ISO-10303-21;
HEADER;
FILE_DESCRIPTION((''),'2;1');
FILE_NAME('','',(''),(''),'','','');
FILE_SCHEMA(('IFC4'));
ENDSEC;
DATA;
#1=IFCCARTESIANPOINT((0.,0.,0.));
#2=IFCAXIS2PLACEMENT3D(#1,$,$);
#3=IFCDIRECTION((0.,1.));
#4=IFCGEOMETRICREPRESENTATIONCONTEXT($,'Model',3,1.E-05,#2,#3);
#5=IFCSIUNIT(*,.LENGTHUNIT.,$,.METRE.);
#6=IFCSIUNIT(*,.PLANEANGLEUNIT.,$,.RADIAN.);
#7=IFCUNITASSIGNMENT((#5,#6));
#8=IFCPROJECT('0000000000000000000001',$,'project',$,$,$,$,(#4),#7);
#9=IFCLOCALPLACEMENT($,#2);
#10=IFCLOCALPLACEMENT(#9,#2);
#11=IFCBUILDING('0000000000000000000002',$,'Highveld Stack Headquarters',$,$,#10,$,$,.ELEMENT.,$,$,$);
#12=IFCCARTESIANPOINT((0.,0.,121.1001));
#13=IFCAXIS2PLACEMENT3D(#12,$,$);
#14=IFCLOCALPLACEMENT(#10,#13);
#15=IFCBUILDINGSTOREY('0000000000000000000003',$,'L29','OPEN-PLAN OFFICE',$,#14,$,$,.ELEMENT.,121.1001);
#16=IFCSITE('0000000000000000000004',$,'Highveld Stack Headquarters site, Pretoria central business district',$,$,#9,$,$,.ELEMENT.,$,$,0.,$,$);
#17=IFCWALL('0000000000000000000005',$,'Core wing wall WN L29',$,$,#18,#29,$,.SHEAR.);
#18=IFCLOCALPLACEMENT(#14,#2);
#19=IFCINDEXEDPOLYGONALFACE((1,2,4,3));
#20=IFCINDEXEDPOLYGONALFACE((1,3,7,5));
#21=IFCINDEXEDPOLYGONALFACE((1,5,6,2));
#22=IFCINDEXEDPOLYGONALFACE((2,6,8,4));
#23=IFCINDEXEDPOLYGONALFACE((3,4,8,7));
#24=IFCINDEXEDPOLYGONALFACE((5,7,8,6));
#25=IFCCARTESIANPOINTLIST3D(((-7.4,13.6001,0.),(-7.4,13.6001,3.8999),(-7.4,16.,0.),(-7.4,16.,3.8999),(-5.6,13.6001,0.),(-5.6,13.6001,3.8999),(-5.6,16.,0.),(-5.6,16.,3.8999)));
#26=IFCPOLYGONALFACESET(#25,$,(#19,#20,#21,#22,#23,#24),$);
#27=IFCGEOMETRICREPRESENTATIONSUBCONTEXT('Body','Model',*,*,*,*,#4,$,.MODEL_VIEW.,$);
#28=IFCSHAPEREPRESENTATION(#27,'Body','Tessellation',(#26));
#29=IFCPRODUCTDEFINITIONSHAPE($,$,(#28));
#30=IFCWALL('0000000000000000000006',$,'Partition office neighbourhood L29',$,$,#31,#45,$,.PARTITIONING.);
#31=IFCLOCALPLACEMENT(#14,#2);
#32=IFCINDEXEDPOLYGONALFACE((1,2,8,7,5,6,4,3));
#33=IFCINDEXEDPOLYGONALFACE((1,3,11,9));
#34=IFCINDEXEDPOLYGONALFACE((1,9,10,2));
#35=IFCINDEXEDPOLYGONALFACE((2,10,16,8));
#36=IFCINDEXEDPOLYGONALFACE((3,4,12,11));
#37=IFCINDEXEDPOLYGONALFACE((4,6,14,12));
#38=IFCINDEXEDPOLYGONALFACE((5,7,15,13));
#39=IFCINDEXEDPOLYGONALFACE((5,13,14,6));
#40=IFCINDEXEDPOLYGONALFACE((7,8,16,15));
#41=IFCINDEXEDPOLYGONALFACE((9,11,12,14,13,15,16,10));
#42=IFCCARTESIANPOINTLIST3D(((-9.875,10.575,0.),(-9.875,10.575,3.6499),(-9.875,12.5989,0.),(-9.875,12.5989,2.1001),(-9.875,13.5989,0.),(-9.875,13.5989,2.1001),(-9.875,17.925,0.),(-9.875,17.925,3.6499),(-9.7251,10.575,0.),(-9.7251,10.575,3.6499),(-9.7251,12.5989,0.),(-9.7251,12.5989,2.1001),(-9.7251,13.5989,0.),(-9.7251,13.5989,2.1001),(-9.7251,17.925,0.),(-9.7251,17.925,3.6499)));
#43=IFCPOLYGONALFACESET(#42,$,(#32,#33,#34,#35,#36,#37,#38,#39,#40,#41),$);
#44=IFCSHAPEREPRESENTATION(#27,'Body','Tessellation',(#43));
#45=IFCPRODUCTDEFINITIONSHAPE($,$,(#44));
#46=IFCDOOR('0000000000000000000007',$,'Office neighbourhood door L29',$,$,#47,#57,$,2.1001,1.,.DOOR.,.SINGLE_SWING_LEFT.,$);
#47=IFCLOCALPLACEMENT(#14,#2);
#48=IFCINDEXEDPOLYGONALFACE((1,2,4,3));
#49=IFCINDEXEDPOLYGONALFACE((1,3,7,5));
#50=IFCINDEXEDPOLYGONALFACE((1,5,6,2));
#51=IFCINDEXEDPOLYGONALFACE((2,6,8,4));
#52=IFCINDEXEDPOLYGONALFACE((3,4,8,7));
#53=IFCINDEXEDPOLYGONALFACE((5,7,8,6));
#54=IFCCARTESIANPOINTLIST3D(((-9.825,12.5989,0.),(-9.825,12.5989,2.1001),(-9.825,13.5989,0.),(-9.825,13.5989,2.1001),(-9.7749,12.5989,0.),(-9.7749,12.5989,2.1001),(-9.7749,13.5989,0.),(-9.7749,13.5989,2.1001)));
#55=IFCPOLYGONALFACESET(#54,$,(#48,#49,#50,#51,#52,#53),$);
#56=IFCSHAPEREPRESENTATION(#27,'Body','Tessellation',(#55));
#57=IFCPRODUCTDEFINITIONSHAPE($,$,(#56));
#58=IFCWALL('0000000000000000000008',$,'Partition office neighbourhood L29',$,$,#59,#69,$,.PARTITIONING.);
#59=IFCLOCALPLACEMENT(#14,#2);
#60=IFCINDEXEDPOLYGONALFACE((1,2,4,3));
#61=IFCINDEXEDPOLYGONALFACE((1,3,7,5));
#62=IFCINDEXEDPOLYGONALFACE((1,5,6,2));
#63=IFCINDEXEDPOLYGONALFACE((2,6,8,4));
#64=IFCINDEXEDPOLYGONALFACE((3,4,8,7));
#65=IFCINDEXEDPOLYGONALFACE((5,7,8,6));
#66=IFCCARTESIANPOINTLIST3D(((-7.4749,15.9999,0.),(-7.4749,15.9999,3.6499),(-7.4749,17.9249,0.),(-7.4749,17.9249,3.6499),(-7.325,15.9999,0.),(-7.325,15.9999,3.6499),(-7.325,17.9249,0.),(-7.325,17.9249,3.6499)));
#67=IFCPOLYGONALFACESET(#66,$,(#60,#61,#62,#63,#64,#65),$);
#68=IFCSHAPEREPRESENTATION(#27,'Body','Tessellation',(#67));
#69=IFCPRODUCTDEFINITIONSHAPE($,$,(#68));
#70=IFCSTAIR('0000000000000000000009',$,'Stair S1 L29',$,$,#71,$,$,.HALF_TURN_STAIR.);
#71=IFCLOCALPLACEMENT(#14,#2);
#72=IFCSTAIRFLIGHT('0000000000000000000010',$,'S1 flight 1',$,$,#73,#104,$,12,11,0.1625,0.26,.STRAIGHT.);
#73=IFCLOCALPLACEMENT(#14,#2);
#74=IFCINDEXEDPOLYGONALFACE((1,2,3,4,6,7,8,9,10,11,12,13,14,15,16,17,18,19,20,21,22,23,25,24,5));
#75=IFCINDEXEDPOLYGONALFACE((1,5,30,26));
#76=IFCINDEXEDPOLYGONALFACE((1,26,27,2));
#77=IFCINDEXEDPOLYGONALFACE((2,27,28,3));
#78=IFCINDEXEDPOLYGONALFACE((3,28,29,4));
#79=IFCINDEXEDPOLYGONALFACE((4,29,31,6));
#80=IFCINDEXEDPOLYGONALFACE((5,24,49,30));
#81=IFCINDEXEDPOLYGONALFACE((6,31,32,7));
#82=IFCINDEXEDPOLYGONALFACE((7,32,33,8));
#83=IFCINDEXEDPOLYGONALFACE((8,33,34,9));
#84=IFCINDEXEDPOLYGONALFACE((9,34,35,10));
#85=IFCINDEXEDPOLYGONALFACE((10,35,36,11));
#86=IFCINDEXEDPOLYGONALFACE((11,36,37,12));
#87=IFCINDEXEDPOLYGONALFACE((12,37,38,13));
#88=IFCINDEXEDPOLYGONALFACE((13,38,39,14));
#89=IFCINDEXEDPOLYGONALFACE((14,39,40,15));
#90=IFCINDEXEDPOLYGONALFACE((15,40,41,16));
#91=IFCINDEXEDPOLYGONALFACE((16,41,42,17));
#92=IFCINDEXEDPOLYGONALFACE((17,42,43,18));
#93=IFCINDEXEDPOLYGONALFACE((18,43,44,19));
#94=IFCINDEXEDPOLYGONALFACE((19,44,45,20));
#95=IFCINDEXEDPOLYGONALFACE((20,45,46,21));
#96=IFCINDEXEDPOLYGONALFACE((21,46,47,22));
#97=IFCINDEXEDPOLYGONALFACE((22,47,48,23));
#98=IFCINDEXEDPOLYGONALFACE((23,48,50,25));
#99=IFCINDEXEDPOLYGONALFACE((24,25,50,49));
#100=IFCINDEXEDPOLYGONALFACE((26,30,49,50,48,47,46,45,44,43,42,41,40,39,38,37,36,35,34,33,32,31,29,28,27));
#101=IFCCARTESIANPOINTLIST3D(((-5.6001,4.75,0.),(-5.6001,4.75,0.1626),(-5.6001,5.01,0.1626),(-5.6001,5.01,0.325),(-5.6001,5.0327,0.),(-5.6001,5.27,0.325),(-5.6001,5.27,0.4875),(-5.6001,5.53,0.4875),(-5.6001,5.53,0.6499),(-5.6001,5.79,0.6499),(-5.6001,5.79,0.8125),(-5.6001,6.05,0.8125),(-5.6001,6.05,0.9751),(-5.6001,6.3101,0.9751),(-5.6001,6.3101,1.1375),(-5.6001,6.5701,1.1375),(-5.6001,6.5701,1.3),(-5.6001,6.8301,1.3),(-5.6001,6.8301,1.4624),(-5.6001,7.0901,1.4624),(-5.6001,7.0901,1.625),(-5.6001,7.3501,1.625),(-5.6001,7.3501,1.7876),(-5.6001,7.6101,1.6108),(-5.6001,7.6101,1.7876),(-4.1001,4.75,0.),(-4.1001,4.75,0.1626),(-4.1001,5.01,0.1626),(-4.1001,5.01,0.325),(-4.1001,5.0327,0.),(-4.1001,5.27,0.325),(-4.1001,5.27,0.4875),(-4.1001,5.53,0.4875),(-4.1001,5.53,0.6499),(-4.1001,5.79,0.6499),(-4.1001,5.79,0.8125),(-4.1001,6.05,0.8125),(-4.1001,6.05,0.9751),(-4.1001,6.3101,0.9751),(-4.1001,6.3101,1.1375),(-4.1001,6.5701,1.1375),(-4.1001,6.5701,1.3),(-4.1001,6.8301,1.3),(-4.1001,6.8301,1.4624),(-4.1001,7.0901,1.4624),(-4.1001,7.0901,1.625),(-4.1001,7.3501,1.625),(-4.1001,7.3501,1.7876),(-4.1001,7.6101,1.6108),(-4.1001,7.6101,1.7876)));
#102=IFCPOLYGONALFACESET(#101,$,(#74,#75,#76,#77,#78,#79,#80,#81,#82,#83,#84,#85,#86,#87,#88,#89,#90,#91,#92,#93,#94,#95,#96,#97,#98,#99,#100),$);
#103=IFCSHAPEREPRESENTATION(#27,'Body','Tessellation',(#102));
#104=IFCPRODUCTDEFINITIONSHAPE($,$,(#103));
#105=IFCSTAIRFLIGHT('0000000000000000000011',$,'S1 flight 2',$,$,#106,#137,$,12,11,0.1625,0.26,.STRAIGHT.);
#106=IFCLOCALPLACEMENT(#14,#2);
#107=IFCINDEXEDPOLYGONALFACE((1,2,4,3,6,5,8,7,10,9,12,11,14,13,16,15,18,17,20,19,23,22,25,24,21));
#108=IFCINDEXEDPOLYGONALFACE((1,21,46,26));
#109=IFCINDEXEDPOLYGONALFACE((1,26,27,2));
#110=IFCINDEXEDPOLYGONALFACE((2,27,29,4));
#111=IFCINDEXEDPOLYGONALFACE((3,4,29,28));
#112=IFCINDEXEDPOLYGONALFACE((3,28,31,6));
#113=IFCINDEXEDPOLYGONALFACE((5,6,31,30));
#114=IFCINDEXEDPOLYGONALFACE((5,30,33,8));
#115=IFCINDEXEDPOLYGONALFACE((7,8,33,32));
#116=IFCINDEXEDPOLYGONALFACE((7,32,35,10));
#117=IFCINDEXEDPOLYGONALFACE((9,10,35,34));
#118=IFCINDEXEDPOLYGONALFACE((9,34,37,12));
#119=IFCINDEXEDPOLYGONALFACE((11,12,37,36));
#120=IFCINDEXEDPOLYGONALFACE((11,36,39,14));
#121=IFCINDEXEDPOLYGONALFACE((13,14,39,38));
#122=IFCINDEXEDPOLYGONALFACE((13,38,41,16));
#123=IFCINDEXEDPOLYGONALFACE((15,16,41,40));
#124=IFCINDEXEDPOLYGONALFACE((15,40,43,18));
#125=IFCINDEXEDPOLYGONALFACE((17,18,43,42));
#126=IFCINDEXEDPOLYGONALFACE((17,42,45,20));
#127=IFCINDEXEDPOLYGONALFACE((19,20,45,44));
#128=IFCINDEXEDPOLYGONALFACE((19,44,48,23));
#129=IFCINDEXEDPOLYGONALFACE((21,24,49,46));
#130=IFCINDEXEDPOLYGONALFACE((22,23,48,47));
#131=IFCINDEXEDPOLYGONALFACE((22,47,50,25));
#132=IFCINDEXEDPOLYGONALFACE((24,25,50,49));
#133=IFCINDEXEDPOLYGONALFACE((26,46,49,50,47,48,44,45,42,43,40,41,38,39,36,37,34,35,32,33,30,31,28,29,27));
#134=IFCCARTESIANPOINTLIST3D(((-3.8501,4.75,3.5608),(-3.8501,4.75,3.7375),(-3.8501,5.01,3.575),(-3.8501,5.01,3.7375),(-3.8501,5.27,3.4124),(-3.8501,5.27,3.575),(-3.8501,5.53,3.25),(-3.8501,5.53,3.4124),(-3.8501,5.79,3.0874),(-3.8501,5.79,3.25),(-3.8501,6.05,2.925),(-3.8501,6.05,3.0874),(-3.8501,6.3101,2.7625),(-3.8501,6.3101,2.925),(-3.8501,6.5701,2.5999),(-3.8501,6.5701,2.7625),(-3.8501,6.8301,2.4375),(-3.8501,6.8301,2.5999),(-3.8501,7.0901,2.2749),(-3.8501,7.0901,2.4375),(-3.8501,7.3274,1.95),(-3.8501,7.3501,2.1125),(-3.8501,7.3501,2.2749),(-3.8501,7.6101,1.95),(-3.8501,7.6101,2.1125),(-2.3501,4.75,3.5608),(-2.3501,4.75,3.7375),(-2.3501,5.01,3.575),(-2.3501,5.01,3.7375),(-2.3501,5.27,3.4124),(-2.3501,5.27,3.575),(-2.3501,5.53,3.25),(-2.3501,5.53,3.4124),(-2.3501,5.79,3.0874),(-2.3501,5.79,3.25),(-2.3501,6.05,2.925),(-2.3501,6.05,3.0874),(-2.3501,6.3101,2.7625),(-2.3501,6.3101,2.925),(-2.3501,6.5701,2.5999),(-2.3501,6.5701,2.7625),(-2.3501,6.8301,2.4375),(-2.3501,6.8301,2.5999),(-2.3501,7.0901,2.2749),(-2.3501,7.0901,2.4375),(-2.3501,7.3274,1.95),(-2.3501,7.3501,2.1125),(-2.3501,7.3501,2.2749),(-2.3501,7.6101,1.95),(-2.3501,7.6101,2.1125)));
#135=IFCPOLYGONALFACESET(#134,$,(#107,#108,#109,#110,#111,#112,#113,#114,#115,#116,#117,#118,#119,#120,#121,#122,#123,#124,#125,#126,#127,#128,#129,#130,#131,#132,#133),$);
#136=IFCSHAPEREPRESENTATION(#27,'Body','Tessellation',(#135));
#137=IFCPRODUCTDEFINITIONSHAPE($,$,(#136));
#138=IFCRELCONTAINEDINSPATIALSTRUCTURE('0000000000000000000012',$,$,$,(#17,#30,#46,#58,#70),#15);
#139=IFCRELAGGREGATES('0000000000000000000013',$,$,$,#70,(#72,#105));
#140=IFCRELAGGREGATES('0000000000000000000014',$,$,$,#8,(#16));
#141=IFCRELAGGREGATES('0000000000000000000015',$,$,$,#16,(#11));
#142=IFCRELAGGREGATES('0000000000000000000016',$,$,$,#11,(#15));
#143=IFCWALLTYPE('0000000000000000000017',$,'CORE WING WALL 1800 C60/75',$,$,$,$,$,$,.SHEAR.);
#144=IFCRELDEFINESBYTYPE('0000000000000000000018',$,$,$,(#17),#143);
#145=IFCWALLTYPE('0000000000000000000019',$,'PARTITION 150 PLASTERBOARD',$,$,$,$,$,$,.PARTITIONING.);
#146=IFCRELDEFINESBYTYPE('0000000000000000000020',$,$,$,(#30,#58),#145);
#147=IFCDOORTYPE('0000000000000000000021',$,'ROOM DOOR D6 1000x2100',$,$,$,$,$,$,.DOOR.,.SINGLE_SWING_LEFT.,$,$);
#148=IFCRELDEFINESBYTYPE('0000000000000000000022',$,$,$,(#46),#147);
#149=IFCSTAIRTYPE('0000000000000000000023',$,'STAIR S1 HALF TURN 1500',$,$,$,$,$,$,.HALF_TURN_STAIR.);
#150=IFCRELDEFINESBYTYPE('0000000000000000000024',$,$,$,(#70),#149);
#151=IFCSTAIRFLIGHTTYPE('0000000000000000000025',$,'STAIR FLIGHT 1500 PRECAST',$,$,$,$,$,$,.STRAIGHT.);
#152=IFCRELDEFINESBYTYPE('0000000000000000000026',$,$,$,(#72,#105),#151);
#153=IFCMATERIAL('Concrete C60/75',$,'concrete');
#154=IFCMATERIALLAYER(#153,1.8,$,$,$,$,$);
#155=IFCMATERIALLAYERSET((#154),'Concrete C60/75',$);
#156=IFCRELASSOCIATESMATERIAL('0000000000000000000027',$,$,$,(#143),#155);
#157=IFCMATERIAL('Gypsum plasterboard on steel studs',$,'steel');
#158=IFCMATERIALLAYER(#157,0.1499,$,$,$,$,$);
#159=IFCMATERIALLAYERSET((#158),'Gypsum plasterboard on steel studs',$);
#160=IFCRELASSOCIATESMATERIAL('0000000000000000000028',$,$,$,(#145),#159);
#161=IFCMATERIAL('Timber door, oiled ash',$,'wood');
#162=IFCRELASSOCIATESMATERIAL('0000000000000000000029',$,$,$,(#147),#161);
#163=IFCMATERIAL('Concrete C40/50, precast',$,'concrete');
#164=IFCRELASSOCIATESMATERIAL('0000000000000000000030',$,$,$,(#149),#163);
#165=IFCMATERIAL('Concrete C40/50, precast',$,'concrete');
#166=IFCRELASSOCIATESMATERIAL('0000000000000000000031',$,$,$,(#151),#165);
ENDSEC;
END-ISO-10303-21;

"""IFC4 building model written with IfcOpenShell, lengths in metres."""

from ifc_helpers import new_model, si_unit, direction, frame, frame_2d, origin, place, context, subcontext, project, spatial, polyline, rectangle, outline, extrude, material, layer, layer_set, type_object, element, fill, aggregate, save


model = new_model("IFC4")

# Units and contexts
model_context = context("Model", 3, precision=1e-05, world=origin(), true_north=direction((0.0, 1.0)))
body_context = subcontext(model_context, "Body", "Model", "MODEL_VIEW")
ifc_project = project(units=[si_unit("LENGTHUNIT", "METRE"), si_unit("PLANEANGLEUNIT", "RADIAN")], contexts=[model_context])

# Site, building, storey
site_placement = place(None, origin())
site = spatial("IfcSite", under=ifc_project, at=site_placement, Name="Highveld Stack Headquarters site, Pretoria central business district", CompositionType="ELEMENT", RefElevation=0.0)
building_placement = place(site_placement, origin())
building = spatial("IfcBuilding", under=site, at=building_placement, Name="Highveld Stack Headquarters", CompositionType="ELEMENT")
storey_placement = place(building_placement, frame((0.0, 0.0, 121.1001)))
storey = spatial("IfcBuildingStorey", under=building, at=storey_placement, Name="L29", Description="OPEN-PLAN OFFICE", CompositionType="ELEMENT", Elevation=121.1001)

# Wall
ifc_material_1 = material(Name="Concrete C60/75", Category="concrete")
ifc_layer_1 = layer(ifc_material_1, 1.8)
ifc_layer_set_1 = layer_set([ifc_layer_1], Name="Concrete C60/75")
wall_type_1 = type_object("IfcWallType", Name="CORE WING WALL 1800 C60/75", PredefinedType="SHEAR", material=ifc_layer_set_1)
wall_1_placement = place(storey_placement, frame((-6.5, 13.6001, 0.0), z_axis=(0.0, 0.0, 1.0), x_axis=(0.0, 1.0, 0.0)))
element("IfcWall", 1, at=wall_1_placement, inside=storey, type_object=wall_type_1, Name="Core wing wall WN L29", PredefinedType="SHEAR", context=body_context, shape_type="SweptSolid", body=[
    extrude(rectangle(XDim=2.3999, YDim=1.8, at=frame_2d((1.2, 0.0))), origin(), (0.0, 0.0, 1.0), 3.8999),
])

# Wall, opening, door
ifc_material_2 = material(Name="Gypsum plasterboard on steel studs", Category="steel")
ifc_layer_2 = layer(ifc_material_2, 0.1499)
ifc_layer_set_2 = layer_set([ifc_layer_2], Name="Gypsum plasterboard on steel studs")
wall_type_2 = type_object("IfcWallType", Name="PARTITION 150 PLASTERBOARD", PredefinedType="PARTITIONING", material=ifc_layer_set_2)
wall_2_placement = place(storey_placement, frame((-9.8, 10.575, 0.0), z_axis=(0.0, 0.0, 1.0), x_axis=(0.0, 1.0, 0.0)))
wall_2 = element("IfcWall", 2, at=wall_2_placement, inside=storey, type_object=wall_type_2, Name="Partition office neighbourhood L29", PredefinedType="PARTITIONING", context=body_context, shape_type="SweptSolid", body=[
    extrude(rectangle(XDim=7.3501, YDim=0.1499, at=frame_2d((3.675, 0.0))), origin(), (0.0, 0.0, 1.0), 3.6499),
])
opening_1_placement = place(wall_2_placement, frame((2.0239, 0.0, 0.0)))
opening_1 = element("IfcOpeningElement", 3, at=opening_1_placement, cuts=wall_2, PredefinedType="OPENING", context=body_context, shape_type="SweptSolid", body=[
    extrude(rectangle(XDim=1.0, YDim=2.1001, at=frame_2d((0.5, 1.05))), frame((0.0, 0.085, 0.0), z_axis=(0.0, -1.0, 0.0), x_axis=(1.0, 0.0, 0.0)), (0.0, 0.0, 1.0), 0.1699),
])
ifc_material_3 = material(Name="Timber door, oiled ash", Category="wood")
door_type_1 = type_object("IfcDoorType", Name="ROOM DOOR D6 1000x2100", OperationType="SINGLE_SWING_LEFT", PredefinedType="DOOR", material=ifc_material_3)
door_1_placement = place(opening_1_placement, origin())
door_1 = element("IfcDoor", 4, at=door_1_placement, inside=storey, type_object=door_type_1, Name="Office neighbourhood door L29", OperationType="SINGLE_SWING_LEFT", OverallHeight=2.1001, OverallWidth=1.0, PredefinedType="DOOR", context=body_context, shape_type="SweptSolid", body=[
    extrude(rectangle(XDim=1.0, YDim=2.1001, at=frame_2d((0.5, 1.05))), frame((0.0, 0.0249, 0.0), z_axis=(0.0, -1.0, 0.0), x_axis=(1.0, 0.0, 0.0)), (0.0, 0.0, 1.0), 0.05),
])
fill(opening_1, door_1)

# Wall
wall_3_placement = place(storey_placement, frame((-7.3999, 16.0, 0.0), z_axis=(0.0, 0.0, 1.0), x_axis=(0.0, 1.0, 0.0)))
element("IfcWall", 5, at=wall_3_placement, inside=storey, type_object=wall_type_2, Name="Partition office neighbourhood L29", PredefinedType="PARTITIONING", context=body_context, shape_type="SweptSolid", body=[
    extrude(rectangle(XDim=1.925, YDim=0.1499, at=frame_2d((0.9624, 0.0))), origin(), (0.0, 0.0, 1.0), 3.6499),
])

# Stair, stair flights
ifc_material_4 = material(Name="Concrete C40/50, precast", Category="concrete")
stair_type = type_object("IfcStairType", Name="STAIR S1 HALF TURN 1500", PredefinedType="HALF_TURN_STAIR", material=ifc_material_4)
stair_placement = place(storey_placement, origin())
stair = element("IfcStair", 6, at=stair_placement, inside=storey, type_object=stair_type, Name="Stair S1 L29", PredefinedType="HALF_TURN_STAIR")
ifc_material_5 = material(Name="Concrete C40/50, precast", Category="concrete")
stair_flight_type = type_object("IfcStairFlightType", Name="STAIR FLIGHT 1500 PRECAST", PredefinedType="STRAIGHT", material=ifc_material_5)
stair_flight_1_placement = place(storey_placement, frame((-4.8501, 4.75, 0.0), z_axis=(0.0, 0.0, 1.0), x_axis=(0.0, 1.0, 0.0)))
stair_flight_1 = element("IfcStairFlight", 7, at=stair_flight_1_placement, type_object=stair_flight_type, Name="S1 flight 1", NumberOfRisers=12, NumberOfTreads=11, PredefinedType="STRAIGHT", RiserHeight=0.1625, TreadLength=0.26, context=body_context, shape_type="SweptSolid", body=[
    extrude(outline(polyline([(0.0, 0.0), (0.0, 0.1626), (0.26, 0.1626), (0.26, 0.325), (0.52, 0.325), (0.52, 0.4875), (0.78, 0.4875), (0.78, 0.6499), (1.04, 0.6499), (1.04, 0.8125), (1.3, 0.8125), (1.3, 0.9751), (1.5601, 0.9751), (1.5601, 1.1375), (1.8201, 1.1375), (1.8201, 1.3), (2.0801, 1.3), (2.0801, 1.4624), (2.3401, 1.4624), (2.3401, 1.625), (2.6001, 1.625), (2.6001, 1.7876), (2.8601, 1.7876), (2.8601, 1.95), (2.8601, 1.6108), (0.2827, 0.0), (0.0, 0.0)])), frame((0.0, 0.75, 0.0), z_axis=(0.0, -1.0, 0.0), x_axis=(1.0, 0.0, 0.0)), (0.0, 0.0, 1.0), 1.5),
])
stair_flight_2_placement = place(storey_placement, frame((-3.1001, 7.6101, 1.95), z_axis=(0.0, 0.0, 1.0), x_axis=(0.0, -1.0, 0.0)))
stair_flight_2 = element("IfcStairFlight", 8, at=stair_flight_2_placement, type_object=stair_flight_type, Name="S1 flight 2", NumberOfRisers=12, NumberOfTreads=11, PredefinedType="STRAIGHT", RiserHeight=0.1625, TreadLength=0.26, context=body_context, shape_type="SweptSolid", body=[
    extrude(outline(polyline([(0.0, 0.0), (0.0, 0.1626), (0.26, 0.1626), (0.26, 0.325), (0.52, 0.325), (0.52, 0.4875), (0.78, 0.4875), (0.78, 0.6499), (1.04, 0.6499), (1.04, 0.8125), (1.3, 0.8125), (1.3, 0.9751), (1.5601, 0.9751), (1.5601, 1.1375), (1.8201, 1.1375), (1.8201, 1.3), (2.0801, 1.3), (2.0801, 1.4624), (2.3401, 1.4624), (2.3401, 1.625), (2.6001, 1.625), (2.6001, 1.7876), (2.8601, 1.7876), (2.8601, 1.95), (2.8601, 1.6108), (0.2827, 0.0), (0.0, 0.0)])), frame((0.0, 0.75, 0.0), z_axis=(0.0, -1.0, 0.0), x_axis=(1.0, 0.0, 0.0)), (0.0, 0.0, 1.0), 1.5),
])
aggregate(stair, [stair_flight_1, stair_flight_2])

save(model, "model.ifc")
